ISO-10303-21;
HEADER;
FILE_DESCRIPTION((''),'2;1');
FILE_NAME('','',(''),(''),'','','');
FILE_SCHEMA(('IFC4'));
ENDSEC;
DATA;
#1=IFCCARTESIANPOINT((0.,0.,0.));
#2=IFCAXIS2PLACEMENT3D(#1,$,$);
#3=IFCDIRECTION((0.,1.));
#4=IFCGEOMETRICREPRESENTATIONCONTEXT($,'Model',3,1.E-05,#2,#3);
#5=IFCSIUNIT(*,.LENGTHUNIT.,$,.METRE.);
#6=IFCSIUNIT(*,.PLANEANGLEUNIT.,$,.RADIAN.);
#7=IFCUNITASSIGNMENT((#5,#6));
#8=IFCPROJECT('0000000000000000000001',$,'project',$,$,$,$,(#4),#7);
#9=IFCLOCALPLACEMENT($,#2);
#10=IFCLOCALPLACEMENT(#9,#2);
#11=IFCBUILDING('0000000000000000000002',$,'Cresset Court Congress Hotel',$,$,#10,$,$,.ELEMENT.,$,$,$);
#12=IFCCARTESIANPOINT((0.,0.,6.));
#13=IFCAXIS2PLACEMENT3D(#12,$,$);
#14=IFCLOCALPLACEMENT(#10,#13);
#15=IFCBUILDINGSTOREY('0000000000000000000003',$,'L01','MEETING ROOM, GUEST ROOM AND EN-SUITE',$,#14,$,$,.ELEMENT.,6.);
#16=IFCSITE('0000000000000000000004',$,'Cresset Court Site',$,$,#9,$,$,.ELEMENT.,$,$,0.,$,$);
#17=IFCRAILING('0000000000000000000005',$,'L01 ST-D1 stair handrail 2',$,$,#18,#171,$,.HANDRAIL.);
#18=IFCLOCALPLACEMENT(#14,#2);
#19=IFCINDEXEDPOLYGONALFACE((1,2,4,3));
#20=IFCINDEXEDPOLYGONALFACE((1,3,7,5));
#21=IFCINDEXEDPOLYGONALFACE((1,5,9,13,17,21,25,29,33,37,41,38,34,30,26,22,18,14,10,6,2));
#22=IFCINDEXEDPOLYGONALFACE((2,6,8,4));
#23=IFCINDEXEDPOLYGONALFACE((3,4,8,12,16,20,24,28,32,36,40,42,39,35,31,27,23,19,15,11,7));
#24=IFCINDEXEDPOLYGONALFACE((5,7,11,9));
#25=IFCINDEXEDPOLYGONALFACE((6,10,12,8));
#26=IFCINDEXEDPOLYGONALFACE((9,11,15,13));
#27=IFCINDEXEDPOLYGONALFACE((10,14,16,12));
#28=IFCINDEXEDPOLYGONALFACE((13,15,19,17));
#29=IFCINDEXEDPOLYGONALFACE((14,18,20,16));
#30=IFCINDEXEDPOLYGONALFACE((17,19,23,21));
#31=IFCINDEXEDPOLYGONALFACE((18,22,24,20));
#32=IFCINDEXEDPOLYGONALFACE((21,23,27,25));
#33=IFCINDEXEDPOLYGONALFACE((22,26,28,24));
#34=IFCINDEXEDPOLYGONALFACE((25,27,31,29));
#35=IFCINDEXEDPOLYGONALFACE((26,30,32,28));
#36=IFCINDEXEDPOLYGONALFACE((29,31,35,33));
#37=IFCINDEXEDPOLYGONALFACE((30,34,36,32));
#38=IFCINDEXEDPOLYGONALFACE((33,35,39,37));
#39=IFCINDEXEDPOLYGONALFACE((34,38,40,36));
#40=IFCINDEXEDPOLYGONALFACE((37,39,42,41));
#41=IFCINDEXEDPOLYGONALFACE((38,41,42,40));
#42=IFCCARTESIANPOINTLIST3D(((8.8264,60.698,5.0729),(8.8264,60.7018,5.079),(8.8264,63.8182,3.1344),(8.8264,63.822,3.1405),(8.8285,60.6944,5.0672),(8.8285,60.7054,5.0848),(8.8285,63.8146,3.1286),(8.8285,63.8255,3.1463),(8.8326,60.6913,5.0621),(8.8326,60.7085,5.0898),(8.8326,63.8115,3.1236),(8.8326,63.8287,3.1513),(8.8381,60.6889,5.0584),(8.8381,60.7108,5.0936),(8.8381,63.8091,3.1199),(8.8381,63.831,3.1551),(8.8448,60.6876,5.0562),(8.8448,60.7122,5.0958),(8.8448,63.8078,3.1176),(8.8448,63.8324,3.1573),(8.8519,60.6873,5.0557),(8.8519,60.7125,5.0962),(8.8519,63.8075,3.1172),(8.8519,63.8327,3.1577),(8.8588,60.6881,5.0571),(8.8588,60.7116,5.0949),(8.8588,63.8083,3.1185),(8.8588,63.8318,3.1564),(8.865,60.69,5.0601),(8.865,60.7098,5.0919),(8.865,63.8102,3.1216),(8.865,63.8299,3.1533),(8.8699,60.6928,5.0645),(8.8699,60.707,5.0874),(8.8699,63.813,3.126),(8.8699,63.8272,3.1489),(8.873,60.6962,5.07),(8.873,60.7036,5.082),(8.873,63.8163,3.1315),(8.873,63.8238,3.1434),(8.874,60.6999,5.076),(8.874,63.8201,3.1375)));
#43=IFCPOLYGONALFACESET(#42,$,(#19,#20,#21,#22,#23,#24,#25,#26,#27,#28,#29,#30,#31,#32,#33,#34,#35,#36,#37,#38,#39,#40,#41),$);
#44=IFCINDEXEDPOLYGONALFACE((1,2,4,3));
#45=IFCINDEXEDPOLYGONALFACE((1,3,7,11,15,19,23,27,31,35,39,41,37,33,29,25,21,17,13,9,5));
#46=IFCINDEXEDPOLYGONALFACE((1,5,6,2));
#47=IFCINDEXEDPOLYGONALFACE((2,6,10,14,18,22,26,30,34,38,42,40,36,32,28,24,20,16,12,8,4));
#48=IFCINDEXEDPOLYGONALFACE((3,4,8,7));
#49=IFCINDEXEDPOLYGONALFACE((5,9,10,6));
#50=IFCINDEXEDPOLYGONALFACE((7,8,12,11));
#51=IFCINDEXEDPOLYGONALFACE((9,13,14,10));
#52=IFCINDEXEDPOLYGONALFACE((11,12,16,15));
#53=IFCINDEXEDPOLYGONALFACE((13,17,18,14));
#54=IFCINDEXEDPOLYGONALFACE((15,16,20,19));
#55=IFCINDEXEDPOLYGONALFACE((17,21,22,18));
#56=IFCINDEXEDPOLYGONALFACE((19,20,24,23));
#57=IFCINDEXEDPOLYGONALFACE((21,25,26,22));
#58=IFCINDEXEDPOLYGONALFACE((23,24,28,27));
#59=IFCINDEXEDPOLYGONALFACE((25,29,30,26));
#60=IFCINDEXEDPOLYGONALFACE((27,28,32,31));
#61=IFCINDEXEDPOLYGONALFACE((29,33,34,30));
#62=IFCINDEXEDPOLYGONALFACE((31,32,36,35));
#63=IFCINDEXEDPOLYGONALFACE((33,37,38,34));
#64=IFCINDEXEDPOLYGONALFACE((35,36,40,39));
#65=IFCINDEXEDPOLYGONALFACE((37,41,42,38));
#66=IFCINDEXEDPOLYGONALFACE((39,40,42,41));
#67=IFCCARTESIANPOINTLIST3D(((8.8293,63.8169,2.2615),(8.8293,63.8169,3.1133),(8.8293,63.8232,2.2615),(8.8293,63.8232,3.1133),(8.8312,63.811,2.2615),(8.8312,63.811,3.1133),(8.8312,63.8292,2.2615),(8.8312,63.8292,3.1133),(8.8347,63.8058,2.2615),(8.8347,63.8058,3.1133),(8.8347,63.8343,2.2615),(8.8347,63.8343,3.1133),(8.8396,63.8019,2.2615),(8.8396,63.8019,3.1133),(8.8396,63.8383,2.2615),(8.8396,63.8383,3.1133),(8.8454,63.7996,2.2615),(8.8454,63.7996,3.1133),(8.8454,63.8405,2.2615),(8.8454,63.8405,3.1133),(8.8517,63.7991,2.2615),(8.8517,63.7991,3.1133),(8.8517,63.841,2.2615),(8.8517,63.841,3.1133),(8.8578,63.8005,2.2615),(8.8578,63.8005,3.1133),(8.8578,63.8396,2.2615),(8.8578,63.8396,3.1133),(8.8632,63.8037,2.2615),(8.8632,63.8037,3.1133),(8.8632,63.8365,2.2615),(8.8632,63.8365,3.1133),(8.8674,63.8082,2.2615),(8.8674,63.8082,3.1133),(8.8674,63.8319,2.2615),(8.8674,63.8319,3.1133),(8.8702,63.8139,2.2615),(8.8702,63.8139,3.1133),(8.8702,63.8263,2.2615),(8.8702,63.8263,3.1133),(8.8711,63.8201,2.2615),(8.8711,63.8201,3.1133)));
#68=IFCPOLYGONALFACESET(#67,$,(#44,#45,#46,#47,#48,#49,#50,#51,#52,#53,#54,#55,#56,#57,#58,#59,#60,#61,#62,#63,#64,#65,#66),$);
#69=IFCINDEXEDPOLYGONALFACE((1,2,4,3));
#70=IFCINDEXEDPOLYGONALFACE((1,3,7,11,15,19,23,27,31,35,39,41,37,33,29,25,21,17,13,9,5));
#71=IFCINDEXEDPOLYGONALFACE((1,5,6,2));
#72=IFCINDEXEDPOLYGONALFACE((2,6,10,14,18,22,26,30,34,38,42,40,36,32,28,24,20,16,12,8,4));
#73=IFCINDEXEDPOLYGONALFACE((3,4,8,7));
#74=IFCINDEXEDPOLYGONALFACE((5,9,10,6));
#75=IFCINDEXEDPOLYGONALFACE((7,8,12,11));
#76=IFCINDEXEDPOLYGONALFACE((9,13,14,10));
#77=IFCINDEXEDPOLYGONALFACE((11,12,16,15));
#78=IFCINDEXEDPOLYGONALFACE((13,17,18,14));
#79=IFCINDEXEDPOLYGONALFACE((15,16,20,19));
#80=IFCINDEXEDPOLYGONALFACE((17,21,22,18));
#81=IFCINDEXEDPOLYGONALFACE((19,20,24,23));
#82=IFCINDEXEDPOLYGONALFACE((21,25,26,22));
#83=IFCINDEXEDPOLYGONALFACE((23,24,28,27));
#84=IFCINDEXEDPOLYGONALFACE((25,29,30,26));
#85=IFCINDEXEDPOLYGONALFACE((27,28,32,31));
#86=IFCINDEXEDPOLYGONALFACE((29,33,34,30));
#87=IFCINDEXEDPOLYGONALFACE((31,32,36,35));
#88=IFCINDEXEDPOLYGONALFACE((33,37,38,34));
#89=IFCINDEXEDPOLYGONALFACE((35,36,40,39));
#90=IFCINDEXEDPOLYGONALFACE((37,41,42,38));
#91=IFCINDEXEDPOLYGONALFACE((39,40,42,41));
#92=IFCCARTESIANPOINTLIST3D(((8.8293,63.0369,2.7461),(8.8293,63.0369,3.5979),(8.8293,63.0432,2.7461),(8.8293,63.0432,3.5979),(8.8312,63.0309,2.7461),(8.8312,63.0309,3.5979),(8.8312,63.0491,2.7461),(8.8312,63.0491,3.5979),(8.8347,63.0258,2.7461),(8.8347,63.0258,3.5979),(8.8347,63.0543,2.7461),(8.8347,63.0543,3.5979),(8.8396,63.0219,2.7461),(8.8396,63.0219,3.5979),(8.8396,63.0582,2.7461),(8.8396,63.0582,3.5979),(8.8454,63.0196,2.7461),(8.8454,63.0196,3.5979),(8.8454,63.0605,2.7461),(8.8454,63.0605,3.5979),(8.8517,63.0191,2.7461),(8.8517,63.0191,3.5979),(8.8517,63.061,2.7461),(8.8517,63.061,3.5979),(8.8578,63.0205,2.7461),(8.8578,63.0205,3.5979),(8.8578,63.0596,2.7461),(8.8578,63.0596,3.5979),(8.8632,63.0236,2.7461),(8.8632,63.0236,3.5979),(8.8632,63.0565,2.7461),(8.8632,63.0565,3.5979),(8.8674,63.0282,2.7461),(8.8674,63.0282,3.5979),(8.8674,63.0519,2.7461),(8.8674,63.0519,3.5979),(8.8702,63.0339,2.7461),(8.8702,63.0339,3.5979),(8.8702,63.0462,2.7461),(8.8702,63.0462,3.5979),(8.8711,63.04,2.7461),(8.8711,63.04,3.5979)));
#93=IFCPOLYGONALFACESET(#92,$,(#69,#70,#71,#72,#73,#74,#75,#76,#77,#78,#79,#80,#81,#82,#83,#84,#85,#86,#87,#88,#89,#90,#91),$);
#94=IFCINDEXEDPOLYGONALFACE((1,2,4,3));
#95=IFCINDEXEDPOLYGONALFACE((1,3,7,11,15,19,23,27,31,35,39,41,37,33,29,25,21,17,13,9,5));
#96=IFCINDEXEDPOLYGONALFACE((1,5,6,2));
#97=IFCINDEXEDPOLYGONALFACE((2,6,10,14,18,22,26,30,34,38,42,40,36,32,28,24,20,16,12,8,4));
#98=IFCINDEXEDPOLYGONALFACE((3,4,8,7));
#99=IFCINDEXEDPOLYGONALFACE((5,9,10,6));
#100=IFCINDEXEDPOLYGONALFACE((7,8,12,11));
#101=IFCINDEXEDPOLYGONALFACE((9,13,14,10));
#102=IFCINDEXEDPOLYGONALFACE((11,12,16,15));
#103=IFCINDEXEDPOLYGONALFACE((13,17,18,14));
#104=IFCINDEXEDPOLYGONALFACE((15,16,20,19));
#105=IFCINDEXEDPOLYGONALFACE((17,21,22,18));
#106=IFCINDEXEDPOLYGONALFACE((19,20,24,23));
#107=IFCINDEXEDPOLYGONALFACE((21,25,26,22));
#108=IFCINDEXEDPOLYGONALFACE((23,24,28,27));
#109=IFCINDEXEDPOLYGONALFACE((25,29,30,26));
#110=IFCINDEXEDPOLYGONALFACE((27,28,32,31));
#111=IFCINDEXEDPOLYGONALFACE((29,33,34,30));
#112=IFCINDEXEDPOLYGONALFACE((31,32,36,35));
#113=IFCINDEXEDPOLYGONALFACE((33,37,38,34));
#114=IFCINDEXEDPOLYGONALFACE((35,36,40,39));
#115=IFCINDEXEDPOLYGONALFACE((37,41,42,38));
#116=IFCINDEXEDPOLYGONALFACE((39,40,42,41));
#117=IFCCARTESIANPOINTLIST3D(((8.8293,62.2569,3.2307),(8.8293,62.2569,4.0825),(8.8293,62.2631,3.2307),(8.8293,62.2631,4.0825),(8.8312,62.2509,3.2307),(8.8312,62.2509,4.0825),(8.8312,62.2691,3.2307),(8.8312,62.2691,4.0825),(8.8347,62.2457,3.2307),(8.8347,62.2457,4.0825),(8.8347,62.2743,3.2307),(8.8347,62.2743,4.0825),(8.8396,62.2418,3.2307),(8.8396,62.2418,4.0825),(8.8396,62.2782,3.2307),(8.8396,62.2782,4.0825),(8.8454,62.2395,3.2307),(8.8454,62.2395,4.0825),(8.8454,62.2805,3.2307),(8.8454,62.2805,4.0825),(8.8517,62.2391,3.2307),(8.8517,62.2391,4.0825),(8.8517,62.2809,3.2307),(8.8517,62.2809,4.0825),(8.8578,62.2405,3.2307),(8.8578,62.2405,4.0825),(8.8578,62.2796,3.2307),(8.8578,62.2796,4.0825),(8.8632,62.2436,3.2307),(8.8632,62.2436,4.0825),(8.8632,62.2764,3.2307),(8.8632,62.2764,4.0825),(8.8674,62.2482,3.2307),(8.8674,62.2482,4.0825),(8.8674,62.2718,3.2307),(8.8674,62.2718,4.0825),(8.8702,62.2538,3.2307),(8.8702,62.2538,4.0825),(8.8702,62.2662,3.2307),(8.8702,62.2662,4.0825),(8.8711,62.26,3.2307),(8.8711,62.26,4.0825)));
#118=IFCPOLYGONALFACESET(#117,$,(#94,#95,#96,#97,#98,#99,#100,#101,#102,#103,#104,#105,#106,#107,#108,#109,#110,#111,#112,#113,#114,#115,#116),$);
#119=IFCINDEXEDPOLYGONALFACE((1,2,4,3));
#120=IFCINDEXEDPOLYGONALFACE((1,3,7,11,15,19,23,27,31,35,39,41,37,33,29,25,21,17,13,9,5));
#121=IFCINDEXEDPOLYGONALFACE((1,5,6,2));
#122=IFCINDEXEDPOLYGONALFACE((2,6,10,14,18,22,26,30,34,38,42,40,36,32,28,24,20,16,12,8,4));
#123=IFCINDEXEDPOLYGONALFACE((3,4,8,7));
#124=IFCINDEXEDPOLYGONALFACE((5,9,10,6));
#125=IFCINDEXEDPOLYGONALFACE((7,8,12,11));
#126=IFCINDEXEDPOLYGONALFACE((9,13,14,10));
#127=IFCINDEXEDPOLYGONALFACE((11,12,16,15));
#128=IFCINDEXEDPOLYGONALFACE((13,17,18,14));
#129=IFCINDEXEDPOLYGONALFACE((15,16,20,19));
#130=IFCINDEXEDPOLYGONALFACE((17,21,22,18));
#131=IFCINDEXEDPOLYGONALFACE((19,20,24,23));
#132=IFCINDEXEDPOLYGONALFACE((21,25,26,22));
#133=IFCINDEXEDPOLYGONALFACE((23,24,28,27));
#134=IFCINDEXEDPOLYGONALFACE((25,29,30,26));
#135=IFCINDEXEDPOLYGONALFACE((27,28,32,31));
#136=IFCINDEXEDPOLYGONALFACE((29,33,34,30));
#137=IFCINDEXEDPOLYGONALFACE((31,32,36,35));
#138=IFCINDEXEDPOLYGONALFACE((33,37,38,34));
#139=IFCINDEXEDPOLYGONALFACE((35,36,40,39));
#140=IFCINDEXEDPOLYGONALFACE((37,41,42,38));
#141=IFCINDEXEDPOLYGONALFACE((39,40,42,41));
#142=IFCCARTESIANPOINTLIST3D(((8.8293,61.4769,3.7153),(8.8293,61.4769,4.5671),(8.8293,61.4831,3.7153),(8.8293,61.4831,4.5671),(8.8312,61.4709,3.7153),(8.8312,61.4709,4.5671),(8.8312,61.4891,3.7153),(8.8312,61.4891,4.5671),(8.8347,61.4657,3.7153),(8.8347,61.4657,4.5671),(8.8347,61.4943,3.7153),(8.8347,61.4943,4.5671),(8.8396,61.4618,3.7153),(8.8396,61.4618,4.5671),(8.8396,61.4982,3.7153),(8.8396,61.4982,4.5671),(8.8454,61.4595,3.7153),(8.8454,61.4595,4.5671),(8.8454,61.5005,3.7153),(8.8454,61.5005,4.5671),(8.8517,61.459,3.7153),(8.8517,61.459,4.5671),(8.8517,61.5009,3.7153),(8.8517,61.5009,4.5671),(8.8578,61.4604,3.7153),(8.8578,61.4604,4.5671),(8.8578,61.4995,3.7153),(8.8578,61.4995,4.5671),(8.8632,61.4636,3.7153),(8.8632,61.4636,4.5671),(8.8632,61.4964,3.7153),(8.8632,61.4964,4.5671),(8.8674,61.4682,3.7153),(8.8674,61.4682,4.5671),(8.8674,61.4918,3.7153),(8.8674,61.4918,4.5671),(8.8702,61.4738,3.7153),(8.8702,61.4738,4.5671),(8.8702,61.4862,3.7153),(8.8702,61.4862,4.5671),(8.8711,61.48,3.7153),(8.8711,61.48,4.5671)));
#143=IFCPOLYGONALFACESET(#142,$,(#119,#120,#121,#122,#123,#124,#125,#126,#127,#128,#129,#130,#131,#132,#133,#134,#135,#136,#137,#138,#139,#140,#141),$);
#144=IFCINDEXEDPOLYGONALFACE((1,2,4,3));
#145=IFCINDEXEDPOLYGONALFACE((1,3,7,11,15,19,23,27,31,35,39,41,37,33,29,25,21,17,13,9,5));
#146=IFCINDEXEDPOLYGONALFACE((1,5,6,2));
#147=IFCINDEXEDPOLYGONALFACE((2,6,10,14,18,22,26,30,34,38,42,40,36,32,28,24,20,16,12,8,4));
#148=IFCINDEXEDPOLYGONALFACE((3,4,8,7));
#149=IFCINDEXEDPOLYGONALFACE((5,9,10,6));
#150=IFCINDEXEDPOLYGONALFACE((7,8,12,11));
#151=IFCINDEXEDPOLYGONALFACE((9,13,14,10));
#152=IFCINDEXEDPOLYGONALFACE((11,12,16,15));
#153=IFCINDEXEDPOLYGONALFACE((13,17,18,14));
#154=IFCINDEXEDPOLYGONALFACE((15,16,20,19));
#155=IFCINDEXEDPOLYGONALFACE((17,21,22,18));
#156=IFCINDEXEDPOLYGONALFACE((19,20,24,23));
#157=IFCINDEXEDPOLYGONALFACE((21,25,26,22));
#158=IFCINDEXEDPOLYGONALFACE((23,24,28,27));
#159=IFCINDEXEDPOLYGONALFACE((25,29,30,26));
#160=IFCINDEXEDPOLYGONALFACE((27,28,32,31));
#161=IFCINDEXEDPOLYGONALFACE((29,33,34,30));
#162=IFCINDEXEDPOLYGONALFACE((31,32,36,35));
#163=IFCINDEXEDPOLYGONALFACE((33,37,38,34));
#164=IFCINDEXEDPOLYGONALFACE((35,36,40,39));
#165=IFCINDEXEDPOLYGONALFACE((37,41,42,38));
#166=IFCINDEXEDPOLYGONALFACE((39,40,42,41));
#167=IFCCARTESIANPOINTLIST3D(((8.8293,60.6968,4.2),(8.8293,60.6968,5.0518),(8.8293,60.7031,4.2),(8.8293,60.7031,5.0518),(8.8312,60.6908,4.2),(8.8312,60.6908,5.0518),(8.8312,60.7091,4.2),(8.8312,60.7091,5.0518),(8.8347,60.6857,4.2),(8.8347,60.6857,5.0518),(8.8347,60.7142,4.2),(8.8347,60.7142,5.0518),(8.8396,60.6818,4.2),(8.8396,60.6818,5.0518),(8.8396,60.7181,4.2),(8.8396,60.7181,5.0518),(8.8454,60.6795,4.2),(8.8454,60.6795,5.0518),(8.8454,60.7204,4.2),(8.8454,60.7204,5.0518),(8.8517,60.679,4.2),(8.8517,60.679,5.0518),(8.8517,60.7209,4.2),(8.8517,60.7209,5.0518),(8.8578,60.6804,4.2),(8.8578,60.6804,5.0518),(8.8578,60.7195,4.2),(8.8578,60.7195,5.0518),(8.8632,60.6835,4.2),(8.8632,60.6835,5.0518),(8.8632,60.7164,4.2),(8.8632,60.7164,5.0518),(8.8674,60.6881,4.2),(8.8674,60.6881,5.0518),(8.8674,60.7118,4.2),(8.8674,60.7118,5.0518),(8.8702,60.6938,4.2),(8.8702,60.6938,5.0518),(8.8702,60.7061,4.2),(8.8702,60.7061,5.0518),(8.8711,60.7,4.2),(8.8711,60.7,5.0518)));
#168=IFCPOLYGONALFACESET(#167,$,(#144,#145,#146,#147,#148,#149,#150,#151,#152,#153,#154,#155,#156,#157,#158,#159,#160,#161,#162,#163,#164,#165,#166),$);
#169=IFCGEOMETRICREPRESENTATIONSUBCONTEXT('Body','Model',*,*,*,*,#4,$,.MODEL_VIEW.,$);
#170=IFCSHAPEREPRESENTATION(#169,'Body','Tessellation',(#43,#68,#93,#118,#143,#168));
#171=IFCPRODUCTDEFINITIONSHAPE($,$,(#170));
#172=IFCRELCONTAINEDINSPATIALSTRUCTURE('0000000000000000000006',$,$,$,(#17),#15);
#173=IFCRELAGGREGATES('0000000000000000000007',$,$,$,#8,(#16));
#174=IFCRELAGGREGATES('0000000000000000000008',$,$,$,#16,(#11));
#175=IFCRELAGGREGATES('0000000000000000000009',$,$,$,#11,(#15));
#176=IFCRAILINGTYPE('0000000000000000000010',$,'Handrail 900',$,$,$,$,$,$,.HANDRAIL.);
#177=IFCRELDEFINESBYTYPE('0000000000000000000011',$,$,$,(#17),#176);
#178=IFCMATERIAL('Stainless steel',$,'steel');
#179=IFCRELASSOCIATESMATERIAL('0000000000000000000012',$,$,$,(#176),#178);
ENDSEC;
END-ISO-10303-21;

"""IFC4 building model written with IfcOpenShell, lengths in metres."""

from ifc_helpers import new_model, si_unit, direction, frame, origin, origin_2d, place, context, subcontext, project, spatial, circle, extrude, material, type_object, element, save


model = new_model("IFC4")

# Units and contexts
model_context = context("Model", 3, precision=1e-05, world=origin(), true_north=direction((0.0, 1.0)))
body_context = subcontext(model_context, "Body", "Model", "MODEL_VIEW")
ifc_project = project(units=[si_unit("LENGTHUNIT", "METRE"), si_unit("PLANEANGLEUNIT", "RADIAN")], contexts=[model_context])

# Site, building, storey
site_placement = place(None, origin())
site = spatial("IfcSite", under=ifc_project, at=site_placement, Name="Cresset Court Site", CompositionType="ELEMENT", RefElevation=0.0)
building_placement = place(site_placement, origin())
building = spatial("IfcBuilding", under=site, at=building_placement, Name="Cresset Court Congress Hotel", CompositionType="ELEMENT")
storey_placement = place(building_placement, frame((0.0, 0.0, 6.0)))
storey = spatial("IfcBuildingStorey", under=building, at=storey_placement, Name="L01", Description="MEETING ROOM, GUEST ROOM AND EN-SUITE", CompositionType="ELEMENT", Elevation=6.0)

# Railing
ifc_material_1 = material(Name="Stainless steel", Category="steel")
railing_type_1 = type_object("IfcRailingType", Name="Handrail 900", PredefinedType="HANDRAIL", material=ifc_material_1)
railing_1_placement = place(storey_placement, frame((8.8501, 63.8201, 2.2615)))
element("IfcRailing", 1, at=railing_1_placement, inside=storey, type_object=railing_type_1, Name="L01 ST-D1 stair handrail 2", PredefinedType="HANDRAIL", context=body_context, shape_type="SweptSolid", body=[
    extrude(circle(Radius=0.0239, at=origin_2d()), frame((0.0, 0.0, 0.876), z_axis=(0.0, -0.849414, 0.527727), x_axis=(1.0, 0.0, 0.0)), (0.0, 0.0, 1.0), 3.6733),
    extrude(circle(Radius=0.021, at=origin_2d()), origin(), (0.0, 0.0, 1.0), 0.8518),
    extrude(circle(Radius=0.021, at=origin_2d()), frame((0.0, -0.78, 0.4846)), (0.0, 0.0, 1.0), 0.8518),
    extrude(circle(Radius=0.021, at=origin_2d()), frame((0.0, -1.5601, 0.9692)), (0.0, 0.0, 1.0), 0.8518),
    extrude(circle(Radius=0.021, at=origin_2d()), frame((0.0, -2.3401, 1.4539)), (0.0, 0.0, 1.0), 0.8518),
    extrude(circle(Radius=0.021, at=origin_2d()), frame((0.0, -3.1201, 1.9385)), (0.0, 0.0, 1.0), 0.8518),
])

save(model, "model.ifc")
